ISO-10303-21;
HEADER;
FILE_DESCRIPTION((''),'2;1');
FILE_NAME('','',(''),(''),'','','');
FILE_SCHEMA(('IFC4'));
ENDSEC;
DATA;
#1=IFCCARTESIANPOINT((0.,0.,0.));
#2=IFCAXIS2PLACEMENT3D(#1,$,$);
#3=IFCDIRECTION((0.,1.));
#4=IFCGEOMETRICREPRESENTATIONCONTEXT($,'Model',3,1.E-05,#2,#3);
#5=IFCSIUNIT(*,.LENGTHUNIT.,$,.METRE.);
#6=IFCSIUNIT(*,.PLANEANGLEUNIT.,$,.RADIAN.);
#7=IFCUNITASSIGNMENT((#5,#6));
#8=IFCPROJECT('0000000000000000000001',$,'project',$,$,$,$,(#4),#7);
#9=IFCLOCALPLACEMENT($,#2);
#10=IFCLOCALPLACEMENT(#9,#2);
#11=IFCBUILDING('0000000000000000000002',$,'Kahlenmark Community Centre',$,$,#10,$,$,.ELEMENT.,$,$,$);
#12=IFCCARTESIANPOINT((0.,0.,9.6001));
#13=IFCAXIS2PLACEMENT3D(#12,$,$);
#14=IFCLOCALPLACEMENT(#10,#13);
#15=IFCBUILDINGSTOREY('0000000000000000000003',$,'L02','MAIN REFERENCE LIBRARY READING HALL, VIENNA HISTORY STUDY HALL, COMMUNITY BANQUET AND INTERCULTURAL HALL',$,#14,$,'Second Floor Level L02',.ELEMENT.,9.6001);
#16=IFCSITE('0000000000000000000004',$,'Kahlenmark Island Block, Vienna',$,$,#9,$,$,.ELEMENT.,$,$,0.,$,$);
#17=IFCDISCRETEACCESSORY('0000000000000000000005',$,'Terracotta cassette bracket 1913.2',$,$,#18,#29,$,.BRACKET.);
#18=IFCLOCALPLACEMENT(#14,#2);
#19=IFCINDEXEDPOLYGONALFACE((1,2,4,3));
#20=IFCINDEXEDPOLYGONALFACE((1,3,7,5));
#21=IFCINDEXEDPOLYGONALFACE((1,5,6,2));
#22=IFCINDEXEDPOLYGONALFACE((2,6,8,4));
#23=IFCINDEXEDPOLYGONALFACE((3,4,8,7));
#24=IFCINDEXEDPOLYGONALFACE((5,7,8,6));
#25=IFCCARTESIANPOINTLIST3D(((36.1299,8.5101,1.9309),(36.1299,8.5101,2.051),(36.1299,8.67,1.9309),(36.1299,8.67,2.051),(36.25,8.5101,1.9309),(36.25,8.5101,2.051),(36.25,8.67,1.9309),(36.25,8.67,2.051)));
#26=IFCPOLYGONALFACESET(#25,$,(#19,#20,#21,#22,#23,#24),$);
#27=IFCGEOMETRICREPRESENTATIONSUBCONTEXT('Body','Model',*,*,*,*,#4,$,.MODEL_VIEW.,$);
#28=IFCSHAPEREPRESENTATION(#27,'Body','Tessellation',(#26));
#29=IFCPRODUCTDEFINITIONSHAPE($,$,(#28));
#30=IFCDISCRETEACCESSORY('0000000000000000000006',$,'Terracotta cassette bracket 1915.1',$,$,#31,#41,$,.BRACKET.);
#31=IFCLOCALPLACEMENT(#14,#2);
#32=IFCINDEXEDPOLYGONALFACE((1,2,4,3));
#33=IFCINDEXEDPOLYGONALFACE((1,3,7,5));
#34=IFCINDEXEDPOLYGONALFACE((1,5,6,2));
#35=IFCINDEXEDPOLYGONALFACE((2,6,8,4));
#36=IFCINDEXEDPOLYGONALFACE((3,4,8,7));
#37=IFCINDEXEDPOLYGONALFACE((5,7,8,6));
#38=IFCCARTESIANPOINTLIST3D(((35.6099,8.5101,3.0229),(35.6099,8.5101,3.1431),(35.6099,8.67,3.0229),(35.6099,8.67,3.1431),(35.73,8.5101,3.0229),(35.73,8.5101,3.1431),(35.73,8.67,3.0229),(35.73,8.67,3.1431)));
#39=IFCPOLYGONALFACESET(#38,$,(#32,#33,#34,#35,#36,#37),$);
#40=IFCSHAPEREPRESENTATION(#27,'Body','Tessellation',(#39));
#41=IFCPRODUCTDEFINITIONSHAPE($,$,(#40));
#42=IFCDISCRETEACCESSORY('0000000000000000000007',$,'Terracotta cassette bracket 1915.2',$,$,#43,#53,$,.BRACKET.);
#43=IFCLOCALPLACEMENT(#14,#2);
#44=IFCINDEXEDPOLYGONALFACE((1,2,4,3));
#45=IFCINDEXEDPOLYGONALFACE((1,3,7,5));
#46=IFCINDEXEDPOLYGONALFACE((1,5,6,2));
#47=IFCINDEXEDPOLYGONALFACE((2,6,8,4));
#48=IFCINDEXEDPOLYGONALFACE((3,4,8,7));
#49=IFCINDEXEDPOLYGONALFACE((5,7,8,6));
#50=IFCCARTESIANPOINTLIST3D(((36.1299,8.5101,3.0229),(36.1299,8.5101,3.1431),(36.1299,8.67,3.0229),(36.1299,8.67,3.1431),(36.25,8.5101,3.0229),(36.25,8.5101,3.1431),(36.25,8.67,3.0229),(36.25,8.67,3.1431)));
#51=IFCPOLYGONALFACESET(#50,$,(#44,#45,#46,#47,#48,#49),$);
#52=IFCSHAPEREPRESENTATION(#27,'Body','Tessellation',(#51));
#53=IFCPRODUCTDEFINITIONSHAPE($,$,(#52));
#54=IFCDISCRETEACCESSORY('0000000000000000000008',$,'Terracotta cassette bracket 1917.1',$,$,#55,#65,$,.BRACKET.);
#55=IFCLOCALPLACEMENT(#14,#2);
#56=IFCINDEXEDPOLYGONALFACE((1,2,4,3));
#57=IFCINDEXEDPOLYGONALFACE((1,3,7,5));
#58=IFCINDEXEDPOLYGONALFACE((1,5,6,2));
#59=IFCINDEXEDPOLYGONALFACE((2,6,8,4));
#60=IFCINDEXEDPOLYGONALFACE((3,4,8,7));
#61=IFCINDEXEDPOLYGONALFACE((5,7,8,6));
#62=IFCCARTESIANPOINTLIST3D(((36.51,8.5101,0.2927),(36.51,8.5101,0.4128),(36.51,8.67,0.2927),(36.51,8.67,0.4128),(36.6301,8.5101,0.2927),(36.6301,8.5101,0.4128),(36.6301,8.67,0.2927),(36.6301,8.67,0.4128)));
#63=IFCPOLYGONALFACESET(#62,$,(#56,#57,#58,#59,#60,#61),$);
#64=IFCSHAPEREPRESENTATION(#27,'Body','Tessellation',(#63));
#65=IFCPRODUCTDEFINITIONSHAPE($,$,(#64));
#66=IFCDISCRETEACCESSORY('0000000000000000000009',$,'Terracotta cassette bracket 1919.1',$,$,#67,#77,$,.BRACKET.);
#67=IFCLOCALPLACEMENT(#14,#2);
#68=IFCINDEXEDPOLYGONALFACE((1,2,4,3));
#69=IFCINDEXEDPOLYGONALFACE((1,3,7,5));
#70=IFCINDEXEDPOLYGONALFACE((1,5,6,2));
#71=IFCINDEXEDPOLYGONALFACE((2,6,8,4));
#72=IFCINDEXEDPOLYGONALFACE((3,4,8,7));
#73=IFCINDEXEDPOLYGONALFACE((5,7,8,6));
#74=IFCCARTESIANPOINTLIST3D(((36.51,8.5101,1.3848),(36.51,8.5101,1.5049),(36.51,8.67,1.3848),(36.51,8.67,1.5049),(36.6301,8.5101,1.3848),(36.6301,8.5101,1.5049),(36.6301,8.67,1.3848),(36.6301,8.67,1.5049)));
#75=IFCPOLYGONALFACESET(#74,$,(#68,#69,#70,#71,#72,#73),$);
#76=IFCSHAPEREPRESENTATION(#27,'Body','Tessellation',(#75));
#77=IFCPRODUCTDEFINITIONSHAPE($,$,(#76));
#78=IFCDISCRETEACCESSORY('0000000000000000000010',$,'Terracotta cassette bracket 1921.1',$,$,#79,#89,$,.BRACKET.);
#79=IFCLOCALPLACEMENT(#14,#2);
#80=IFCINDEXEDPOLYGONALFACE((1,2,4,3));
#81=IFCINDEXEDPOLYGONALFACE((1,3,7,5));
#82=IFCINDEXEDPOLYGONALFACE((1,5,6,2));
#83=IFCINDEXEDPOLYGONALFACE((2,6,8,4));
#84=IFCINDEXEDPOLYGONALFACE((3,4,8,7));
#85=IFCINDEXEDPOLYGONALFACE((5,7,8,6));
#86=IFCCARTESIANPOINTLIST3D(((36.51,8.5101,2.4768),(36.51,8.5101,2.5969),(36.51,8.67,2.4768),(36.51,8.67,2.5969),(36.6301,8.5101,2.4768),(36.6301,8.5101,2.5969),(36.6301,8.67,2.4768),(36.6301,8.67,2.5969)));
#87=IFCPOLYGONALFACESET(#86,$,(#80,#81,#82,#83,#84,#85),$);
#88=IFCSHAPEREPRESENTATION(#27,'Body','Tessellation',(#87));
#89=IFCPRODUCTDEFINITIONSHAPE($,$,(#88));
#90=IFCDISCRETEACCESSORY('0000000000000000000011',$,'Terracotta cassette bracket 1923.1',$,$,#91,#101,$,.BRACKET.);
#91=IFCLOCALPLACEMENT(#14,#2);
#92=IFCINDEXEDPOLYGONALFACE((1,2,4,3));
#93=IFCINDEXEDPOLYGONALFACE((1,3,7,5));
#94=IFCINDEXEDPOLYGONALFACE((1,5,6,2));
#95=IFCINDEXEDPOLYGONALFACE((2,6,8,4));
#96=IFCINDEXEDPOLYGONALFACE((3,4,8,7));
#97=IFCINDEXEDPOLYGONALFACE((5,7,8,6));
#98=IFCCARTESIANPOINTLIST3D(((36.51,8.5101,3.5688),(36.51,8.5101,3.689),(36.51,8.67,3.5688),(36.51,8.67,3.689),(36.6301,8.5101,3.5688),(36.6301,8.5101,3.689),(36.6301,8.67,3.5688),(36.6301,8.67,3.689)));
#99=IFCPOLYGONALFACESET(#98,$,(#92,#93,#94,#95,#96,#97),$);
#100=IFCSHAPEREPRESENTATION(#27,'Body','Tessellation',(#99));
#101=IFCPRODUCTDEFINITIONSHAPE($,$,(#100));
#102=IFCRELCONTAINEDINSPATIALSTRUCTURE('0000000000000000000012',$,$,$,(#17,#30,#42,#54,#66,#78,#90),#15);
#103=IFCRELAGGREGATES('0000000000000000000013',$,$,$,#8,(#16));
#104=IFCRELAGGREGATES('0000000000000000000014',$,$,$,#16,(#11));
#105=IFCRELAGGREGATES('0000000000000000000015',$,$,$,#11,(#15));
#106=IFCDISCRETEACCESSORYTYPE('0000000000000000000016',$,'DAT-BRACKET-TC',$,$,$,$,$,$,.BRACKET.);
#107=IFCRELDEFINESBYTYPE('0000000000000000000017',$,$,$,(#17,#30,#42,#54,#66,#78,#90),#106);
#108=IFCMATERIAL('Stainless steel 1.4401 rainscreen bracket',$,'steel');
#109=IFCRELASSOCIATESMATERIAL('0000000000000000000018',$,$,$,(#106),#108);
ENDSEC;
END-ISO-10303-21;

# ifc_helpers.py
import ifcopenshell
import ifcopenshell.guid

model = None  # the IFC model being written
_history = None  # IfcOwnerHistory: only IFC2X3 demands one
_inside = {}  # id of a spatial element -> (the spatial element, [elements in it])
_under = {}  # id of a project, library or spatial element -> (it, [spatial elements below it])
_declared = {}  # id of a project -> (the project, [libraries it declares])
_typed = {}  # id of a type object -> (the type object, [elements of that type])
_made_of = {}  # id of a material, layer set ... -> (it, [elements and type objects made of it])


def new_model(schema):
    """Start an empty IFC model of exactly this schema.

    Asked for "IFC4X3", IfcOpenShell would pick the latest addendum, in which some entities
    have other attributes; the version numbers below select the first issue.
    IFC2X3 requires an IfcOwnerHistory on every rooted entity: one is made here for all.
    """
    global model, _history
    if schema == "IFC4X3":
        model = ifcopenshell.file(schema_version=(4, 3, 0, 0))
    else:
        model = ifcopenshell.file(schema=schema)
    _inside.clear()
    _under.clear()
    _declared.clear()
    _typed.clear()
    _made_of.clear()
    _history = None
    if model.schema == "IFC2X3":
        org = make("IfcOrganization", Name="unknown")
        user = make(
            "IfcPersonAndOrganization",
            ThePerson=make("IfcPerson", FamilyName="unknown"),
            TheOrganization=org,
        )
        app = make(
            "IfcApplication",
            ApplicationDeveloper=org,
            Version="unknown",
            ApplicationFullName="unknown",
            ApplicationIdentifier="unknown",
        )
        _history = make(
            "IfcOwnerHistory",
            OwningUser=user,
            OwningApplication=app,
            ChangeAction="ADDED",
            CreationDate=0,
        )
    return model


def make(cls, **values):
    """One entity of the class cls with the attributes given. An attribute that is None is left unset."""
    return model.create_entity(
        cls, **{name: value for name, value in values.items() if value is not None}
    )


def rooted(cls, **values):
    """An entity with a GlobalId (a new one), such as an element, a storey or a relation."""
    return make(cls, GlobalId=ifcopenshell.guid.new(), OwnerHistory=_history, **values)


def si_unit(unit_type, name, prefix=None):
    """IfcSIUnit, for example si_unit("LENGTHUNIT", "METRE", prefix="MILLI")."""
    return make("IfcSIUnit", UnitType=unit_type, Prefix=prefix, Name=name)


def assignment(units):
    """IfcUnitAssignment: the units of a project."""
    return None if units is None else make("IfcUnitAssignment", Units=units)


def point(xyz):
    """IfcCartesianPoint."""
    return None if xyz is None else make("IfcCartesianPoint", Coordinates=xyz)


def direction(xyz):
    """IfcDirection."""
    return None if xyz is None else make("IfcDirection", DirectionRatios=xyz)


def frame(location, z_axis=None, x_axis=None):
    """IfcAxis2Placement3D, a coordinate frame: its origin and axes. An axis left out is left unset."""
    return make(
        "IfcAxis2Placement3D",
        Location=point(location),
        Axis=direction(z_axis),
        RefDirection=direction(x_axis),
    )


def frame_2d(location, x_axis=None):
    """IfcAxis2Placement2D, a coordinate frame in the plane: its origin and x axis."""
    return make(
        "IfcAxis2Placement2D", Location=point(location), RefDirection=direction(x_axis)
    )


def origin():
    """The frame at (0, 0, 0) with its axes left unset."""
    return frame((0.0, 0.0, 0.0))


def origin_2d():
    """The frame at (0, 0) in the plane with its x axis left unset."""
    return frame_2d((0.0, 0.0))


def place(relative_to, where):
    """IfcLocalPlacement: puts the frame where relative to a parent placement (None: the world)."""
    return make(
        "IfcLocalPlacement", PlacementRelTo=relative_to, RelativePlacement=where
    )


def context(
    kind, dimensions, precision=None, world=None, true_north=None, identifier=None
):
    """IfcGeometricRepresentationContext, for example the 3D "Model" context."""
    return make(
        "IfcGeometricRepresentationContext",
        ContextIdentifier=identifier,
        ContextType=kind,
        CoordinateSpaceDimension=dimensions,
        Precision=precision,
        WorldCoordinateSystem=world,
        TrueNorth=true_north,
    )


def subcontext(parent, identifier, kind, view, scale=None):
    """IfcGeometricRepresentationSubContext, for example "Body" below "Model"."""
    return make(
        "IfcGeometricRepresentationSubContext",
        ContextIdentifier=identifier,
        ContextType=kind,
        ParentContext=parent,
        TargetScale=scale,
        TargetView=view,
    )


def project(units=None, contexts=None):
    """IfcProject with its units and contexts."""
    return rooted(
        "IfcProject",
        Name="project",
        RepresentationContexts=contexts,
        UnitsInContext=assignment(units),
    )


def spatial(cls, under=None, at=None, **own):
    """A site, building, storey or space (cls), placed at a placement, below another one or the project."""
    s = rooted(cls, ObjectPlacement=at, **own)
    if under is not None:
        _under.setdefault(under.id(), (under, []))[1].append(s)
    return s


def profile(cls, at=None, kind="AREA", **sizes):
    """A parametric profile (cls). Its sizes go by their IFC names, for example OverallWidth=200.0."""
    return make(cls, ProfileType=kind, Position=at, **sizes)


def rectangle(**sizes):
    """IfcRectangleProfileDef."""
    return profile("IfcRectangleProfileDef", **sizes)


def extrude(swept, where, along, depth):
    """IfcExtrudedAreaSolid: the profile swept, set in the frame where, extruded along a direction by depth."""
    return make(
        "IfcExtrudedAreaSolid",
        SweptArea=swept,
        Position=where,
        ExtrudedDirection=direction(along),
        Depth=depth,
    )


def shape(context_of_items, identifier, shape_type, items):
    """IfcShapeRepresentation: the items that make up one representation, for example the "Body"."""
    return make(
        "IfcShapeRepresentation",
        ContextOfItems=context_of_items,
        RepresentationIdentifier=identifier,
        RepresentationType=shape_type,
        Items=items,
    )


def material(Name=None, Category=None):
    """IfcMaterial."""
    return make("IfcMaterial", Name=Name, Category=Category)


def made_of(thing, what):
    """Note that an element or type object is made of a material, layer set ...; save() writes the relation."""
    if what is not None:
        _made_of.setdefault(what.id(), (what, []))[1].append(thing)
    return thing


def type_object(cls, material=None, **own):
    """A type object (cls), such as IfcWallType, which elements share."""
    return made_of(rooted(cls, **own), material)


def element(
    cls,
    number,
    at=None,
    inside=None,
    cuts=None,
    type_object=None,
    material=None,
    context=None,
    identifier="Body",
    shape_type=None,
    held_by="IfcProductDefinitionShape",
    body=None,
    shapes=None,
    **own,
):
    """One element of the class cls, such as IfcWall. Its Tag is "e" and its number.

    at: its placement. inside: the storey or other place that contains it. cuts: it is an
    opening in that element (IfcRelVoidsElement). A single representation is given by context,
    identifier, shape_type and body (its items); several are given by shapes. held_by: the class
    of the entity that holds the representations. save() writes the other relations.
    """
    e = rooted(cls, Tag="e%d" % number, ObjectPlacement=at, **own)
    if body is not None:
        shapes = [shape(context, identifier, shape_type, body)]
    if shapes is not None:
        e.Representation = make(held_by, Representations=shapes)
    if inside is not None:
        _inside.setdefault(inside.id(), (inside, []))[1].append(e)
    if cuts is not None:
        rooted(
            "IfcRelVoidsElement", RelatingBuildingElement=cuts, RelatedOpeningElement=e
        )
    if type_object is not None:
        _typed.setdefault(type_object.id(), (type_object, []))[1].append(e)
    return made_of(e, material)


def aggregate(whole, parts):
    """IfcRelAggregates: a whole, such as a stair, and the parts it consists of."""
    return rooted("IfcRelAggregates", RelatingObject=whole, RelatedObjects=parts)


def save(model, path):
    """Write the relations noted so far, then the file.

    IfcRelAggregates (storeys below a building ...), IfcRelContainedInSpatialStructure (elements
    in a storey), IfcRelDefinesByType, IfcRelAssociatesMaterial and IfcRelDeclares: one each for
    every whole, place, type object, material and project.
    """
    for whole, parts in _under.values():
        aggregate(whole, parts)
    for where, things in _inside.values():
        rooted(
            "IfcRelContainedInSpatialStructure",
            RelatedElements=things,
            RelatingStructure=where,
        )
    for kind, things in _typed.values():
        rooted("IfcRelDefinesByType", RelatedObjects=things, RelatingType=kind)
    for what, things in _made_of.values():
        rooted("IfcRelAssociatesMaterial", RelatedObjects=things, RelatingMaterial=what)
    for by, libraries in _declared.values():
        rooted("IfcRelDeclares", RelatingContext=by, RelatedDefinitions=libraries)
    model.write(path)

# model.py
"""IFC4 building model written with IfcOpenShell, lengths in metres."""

from ifc_helpers import new_model, si_unit, direction, frame, origin, origin_2d, place, context, subcontext, project, spatial, rectangle, extrude, material, type_object, element, save


model = new_model("IFC4")

# Units and contexts
model_context = context("Model", 3, precision=1e-05, world=origin(), true_north=direction((0.0, 1.0)))
body_context = subcontext(model_context, "Body", "Model", "MODEL_VIEW")
ifc_project = project(units=[si_unit("LENGTHUNIT", "METRE"), si_unit("PLANEANGLEUNIT", "RADIAN")], contexts=[model_context])

# Site, building, storey
site_placement = place(None, origin())
site = spatial("IfcSite", under=ifc_project, at=site_placement, Name="Kahlenmark Island Block, Vienna", CompositionType="ELEMENT", RefElevation=0.0)
building_placement = place(site_placement, origin())
building = spatial("IfcBuilding", under=site, at=building_placement, Name="Kahlenmark Community Centre", CompositionType="ELEMENT")
storey_placement = place(building_placement, frame((0.0, 0.0, 9.6001)))
storey = spatial("IfcBuildingStorey", under=building, at=storey_placement, Name="L02", Description="MAIN REFERENCE LIBRARY READING HALL, VIENNA HISTORY STUDY HALL, COMMUNITY BANQUET AND INTERCULTURAL HALL", LongName="Second Floor Level L02", CompositionType="ELEMENT", Elevation=9.6001)

# Discrete accessories
ifc_material_1 = material(Name="Stainless steel 1.4401 rainscreen bracket", Category="steel")
discrete_accessory_type = type_object("IfcDiscreteAccessoryType", Name="DAT-BRACKET-TC", PredefinedType="BRACKET", material=ifc_material_1)
for number, where, z_axis, x_axis, name in (
    (1, (36.1899, 8.5901, 1.9309), (0.0, 0.0, 1.0), (1.0, 0.0, 0.0), "Terracotta cassette bracket 1913.2"),
    (2, (35.6699, 8.5901, 3.0229), (0.0, 0.0, 1.0), (1.0, 0.0, 0.0), "Terracotta cassette bracket 1915.1"),
    (3, (36.1899, 8.5901, 3.0229), (0.0, 0.0, 1.0), (1.0, 0.0, 0.0), "Terracotta cassette bracket 1915.2"),
    (4, (36.5701, 8.5901, 0.2927), (0.0, 0.0, 1.0), (1.0, 0.0, 0.0), "Terracotta cassette bracket 1917.1"),
    (5, (36.5701, 8.5901, 1.3848), (0.0, 0.0, 1.0), (1.0, 0.0, 0.0), "Terracotta cassette bracket 1919.1"),
    (6, (36.5701, 8.5901, 2.4768), (0.0, 0.0, 1.0), (1.0, 0.0, 0.0), "Terracotta cassette bracket 1921.1"),
    (7, (36.5701, 8.5901, 3.5688), (0.0, 0.0, 1.0), (1.0, 0.0, 0.0), "Terracotta cassette bracket 1923.1"),
):
    element("IfcDiscreteAccessory", number, at=place(storey_placement, frame(where, z_axis=z_axis, x_axis=x_axis)), inside=storey, type_object=discrete_accessory_type, Name=name, PredefinedType="BRACKET", context=body_context, shape_type="SweptSolid", body=[
        extrude(rectangle(XDim=0.1201, YDim=0.1599, at=origin_2d()), origin(), (0.0, 0.0, 1.0), 0.1201),
    ])

save(model, "model.ifc")
